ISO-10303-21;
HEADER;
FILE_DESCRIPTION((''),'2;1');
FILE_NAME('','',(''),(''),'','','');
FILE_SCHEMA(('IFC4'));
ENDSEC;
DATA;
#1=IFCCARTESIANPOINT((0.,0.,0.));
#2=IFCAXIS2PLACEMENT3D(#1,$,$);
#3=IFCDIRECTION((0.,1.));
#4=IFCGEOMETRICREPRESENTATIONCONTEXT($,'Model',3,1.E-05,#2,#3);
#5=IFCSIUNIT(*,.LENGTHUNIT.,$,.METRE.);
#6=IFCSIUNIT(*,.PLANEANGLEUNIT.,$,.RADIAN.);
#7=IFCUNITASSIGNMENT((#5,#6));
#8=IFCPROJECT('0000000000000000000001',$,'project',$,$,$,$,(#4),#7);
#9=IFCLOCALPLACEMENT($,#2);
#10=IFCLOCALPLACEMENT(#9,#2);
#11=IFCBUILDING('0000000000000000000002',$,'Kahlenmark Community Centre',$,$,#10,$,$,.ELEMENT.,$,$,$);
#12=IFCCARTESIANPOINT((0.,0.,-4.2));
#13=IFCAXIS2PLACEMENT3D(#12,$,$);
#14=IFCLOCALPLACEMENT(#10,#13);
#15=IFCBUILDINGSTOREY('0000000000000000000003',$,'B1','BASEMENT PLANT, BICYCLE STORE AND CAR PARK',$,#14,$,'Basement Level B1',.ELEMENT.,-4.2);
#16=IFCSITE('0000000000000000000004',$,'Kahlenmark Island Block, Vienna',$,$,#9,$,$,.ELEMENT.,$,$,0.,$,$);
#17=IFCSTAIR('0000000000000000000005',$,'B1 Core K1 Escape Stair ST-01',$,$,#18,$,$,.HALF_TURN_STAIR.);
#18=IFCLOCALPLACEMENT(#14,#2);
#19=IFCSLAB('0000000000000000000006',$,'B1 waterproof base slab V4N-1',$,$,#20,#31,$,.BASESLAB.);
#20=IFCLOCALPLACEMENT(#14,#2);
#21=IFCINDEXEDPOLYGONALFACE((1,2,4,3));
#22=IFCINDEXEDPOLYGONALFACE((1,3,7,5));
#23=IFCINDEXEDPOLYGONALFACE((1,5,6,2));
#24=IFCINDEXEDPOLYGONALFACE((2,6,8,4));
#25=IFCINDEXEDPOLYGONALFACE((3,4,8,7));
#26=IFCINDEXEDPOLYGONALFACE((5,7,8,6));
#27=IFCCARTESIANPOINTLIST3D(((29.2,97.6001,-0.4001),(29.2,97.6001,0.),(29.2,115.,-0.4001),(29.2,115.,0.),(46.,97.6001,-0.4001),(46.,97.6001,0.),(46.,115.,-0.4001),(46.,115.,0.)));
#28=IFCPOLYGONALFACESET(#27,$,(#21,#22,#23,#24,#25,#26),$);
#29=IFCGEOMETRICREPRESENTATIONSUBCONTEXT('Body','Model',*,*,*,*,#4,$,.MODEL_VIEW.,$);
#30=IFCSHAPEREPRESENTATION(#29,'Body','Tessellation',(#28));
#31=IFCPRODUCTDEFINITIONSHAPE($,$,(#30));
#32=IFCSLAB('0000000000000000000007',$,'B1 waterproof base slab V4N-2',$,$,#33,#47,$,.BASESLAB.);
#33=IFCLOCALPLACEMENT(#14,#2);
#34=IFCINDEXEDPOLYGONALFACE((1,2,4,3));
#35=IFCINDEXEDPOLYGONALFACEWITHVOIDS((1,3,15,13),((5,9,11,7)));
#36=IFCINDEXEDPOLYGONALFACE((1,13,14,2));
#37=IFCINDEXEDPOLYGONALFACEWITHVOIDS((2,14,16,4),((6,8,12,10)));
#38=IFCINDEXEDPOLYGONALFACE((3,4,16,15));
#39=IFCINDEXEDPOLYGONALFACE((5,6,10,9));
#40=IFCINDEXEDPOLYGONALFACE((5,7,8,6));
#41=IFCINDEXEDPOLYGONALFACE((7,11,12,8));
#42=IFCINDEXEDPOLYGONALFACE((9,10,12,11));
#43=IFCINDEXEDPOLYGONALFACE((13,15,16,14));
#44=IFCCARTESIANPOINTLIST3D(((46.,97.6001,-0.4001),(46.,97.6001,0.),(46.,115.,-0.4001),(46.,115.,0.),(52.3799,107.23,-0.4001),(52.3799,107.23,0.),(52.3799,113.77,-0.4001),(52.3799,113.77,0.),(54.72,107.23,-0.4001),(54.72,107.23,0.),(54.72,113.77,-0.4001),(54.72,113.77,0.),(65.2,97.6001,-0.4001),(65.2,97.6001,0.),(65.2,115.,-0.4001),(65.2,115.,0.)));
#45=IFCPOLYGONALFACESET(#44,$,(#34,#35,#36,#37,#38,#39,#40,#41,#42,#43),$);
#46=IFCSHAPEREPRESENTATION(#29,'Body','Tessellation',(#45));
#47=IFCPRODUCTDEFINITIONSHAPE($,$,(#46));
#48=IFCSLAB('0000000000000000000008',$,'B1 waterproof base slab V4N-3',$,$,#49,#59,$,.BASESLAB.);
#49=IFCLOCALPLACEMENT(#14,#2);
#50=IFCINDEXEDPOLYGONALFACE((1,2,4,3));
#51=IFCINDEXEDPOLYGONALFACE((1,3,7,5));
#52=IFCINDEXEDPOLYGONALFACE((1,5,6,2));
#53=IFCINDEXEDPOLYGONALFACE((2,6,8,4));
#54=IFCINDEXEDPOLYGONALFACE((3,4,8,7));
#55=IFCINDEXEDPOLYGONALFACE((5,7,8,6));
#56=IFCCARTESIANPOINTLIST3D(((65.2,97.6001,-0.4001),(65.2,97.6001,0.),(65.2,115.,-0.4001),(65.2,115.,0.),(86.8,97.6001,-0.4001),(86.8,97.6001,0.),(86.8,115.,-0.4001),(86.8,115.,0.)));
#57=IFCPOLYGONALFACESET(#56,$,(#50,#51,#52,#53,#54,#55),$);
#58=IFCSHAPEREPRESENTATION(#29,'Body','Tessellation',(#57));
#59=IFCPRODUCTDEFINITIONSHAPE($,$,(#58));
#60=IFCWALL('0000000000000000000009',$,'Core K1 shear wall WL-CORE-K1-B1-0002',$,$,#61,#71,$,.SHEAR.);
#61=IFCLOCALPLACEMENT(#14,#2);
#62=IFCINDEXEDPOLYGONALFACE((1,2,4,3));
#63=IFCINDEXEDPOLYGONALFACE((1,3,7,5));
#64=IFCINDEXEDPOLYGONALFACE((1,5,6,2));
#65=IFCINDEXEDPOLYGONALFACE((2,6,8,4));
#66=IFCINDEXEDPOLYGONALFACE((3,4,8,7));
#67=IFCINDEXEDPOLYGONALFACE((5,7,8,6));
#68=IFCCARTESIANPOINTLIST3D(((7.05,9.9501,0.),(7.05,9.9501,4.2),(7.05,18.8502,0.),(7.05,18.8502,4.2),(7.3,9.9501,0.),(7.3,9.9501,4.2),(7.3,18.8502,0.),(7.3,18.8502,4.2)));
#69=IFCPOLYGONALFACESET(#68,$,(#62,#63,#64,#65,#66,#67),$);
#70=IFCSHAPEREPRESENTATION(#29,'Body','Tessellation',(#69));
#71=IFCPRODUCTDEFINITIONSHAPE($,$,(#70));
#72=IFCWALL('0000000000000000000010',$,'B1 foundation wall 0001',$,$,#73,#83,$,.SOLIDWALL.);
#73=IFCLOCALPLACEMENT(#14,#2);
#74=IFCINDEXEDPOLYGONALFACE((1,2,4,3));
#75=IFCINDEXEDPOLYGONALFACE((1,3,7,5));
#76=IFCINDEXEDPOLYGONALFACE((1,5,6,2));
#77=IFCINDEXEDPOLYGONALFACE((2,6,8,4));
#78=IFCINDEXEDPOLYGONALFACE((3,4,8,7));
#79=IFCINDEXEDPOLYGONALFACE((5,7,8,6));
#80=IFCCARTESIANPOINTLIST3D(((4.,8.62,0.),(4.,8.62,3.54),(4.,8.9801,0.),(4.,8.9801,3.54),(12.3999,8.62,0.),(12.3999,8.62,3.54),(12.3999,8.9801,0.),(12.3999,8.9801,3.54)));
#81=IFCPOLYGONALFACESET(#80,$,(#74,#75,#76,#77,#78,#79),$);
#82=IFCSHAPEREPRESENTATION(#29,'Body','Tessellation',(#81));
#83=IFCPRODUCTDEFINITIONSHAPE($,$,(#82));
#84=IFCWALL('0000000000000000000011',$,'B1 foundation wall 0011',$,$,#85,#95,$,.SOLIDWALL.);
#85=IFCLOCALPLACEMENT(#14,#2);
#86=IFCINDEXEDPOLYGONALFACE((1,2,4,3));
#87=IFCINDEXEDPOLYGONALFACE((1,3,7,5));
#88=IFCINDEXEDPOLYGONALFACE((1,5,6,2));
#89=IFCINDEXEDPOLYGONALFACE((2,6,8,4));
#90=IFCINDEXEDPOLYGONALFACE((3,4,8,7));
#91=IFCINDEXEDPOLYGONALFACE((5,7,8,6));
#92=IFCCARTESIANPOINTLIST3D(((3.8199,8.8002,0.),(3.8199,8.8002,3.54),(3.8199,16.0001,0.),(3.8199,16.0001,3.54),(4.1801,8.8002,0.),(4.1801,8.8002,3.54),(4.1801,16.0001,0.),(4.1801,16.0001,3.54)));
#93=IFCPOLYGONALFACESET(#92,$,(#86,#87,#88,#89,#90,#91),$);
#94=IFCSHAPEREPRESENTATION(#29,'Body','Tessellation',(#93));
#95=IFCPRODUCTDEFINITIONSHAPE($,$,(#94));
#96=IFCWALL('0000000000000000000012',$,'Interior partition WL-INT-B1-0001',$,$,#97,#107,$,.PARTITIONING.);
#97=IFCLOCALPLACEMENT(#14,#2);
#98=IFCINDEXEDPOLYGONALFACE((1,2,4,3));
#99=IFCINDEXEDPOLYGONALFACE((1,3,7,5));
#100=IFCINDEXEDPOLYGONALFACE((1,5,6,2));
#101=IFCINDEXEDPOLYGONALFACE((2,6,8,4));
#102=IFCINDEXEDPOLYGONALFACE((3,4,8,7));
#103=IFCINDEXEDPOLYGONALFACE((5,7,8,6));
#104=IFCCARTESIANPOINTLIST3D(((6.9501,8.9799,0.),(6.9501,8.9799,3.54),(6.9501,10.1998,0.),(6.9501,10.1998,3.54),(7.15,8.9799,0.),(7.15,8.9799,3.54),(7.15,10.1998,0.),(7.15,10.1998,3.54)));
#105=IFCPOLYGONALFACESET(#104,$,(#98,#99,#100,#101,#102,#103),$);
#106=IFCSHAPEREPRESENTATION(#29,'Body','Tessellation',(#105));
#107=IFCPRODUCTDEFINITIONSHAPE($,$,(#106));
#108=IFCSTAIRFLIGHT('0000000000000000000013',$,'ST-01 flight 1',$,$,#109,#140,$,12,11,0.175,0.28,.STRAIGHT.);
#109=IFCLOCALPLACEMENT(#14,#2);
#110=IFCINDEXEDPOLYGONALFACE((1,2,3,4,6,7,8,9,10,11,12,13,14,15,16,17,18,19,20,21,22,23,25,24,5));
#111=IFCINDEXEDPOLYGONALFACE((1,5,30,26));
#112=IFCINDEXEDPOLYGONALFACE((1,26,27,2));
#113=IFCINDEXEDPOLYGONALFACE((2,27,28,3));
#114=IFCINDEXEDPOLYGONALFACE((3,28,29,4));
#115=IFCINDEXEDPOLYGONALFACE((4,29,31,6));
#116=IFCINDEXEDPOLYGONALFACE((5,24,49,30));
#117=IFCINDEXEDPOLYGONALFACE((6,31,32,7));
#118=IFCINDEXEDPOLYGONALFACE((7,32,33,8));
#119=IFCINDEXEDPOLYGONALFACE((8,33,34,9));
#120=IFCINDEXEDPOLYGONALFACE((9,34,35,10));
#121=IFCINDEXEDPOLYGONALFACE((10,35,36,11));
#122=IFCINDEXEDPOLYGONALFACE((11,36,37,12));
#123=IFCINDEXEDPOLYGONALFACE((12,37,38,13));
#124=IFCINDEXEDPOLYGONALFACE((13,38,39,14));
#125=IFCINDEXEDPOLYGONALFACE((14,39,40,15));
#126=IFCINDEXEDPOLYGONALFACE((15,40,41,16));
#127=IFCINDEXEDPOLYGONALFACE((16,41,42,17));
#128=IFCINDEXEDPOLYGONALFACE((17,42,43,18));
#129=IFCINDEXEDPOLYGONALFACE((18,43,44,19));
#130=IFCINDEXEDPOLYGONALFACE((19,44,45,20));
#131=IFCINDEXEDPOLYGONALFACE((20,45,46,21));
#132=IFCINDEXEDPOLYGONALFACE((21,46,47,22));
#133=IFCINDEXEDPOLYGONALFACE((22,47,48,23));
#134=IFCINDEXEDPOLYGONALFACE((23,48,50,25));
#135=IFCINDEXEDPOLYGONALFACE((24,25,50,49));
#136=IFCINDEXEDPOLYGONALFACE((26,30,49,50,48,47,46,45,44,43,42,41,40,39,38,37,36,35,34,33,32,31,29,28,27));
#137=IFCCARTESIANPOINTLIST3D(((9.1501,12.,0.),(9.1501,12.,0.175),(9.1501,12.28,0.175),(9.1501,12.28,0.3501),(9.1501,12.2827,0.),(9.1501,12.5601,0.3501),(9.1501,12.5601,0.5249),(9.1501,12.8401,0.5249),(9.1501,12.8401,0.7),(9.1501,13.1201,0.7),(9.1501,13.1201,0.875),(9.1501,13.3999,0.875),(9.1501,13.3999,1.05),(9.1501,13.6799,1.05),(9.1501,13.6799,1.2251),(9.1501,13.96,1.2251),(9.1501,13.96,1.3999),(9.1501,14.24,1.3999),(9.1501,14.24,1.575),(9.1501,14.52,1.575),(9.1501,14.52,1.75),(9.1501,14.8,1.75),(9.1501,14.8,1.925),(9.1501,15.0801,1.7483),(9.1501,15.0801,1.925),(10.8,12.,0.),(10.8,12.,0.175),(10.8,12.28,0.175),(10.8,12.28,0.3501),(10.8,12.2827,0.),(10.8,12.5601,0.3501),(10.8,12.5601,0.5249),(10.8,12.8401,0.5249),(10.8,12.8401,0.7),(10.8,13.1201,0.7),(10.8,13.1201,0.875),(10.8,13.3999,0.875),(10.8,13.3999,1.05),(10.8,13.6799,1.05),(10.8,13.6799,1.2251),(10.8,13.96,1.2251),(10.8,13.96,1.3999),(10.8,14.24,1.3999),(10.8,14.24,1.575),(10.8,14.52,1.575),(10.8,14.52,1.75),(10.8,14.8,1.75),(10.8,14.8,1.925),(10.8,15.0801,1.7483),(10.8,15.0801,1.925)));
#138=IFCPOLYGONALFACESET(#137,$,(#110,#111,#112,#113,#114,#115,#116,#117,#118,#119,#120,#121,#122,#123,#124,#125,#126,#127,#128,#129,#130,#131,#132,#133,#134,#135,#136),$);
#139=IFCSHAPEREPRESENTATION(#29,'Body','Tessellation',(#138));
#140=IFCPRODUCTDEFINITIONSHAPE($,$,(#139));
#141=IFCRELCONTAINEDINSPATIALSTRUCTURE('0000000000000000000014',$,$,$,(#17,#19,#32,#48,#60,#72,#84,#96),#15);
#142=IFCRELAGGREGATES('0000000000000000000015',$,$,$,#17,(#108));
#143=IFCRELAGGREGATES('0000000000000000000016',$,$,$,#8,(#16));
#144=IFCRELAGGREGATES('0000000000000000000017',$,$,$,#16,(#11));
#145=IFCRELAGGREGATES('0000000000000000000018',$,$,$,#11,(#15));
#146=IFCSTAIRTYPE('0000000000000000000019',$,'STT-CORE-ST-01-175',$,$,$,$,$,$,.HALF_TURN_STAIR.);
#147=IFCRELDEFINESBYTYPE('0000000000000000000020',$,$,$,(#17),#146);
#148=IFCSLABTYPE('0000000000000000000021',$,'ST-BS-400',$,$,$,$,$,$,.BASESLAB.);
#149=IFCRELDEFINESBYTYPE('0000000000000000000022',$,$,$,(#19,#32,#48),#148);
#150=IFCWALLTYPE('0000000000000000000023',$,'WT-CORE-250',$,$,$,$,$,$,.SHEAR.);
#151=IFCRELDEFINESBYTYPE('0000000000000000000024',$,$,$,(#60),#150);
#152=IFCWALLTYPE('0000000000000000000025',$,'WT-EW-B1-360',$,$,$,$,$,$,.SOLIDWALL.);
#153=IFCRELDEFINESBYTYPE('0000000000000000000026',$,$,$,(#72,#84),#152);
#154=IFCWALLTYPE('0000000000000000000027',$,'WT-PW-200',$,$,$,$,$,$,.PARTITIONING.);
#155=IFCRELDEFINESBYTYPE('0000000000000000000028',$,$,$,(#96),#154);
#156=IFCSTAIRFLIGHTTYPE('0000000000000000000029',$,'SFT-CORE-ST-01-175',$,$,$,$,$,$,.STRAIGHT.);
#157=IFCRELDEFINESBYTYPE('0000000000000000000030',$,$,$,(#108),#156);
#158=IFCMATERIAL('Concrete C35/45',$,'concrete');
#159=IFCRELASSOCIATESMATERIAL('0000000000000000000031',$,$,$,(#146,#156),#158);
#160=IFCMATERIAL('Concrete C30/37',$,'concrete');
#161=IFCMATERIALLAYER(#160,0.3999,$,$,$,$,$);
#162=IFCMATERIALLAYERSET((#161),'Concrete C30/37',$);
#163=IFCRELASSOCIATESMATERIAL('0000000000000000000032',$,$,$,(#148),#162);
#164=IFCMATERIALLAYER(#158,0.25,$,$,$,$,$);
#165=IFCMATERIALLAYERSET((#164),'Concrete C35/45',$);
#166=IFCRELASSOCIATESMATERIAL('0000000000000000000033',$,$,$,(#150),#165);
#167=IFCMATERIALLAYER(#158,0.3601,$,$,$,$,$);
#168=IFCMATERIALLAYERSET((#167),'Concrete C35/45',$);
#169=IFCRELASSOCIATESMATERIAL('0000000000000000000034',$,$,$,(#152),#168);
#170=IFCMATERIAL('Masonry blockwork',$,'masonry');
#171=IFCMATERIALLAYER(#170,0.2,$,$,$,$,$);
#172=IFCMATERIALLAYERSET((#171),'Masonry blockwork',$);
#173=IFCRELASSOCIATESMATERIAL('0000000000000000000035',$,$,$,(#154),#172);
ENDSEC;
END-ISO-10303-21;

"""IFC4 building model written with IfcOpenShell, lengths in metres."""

from ifc_helpers import new_model, si_unit, direction, frame, frame_2d, origin, place, context, subcontext, project, spatial, polyline, rectangle, outline, extrude, material, layer, layer_set, type_object, element, aggregate, save


model = new_model("IFC4")

# Units and contexts
model_context = context("Model", 3, precision=1e-05, world=origin(), true_north=direction((0.0, 1.0)))
body_context = subcontext(model_context, "Body", "Model", "MODEL_VIEW")
ifc_project = project(units=[si_unit("LENGTHUNIT", "METRE"), si_unit("PLANEANGLEUNIT", "RADIAN")], contexts=[model_context])

# Site, building, storey
site_placement = place(None, origin())
site = spatial("IfcSite", under=ifc_project, at=site_placement, Name="Kahlenmark Island Block, Vienna", CompositionType="ELEMENT", RefElevation=0.0)
building_placement = place(site_placement, origin())
building = spatial("IfcBuilding", under=site, at=building_placement, Name="Kahlenmark Community Centre", CompositionType="ELEMENT")
storey_placement = place(building_placement, frame((0.0, 0.0, -4.2)))
storey = spatial("IfcBuildingStorey", under=building, at=storey_placement, Name="B1", Description="BASEMENT PLANT, BICYCLE STORE AND CAR PARK", LongName="Basement Level B1", CompositionType="ELEMENT", Elevation=-4.2)

# Shared definitions
ifc_material_1 = material(Name="Concrete C30/37", Category="concrete")

# Shared definitions
ifc_material_2 = material(Name="Concrete C35/45", Category="concrete")

# Stair
stair_type_1 = type_object("IfcStairType", Name="STT-CORE-ST-01-175", PredefinedType="HALF_TURN_STAIR", material=ifc_material_2)
stair_1_placement = place(storey_placement, origin())
stair_1 = element("IfcStair", 1, at=stair_1_placement, inside=storey, type_object=stair_type_1, Name="B1 Core K1 Escape Stair ST-01", PredefinedType="HALF_TURN_STAIR")

# Slabs
ifc_layer_1 = layer(ifc_material_1, 0.3999)
ifc_layer_set_1 = layer_set([ifc_layer_1], Name="Concrete C30/37")
slab_type_1 = type_object("IfcSlabType", Name="ST-BS-400", PredefinedType="BASESLAB", material=ifc_layer_set_1)
slab_1_placement = place(storey_placement, frame((0.0, 0.0, -0.4001)))
element("IfcSlab", 2, at=slab_1_placement, inside=storey, type_object=slab_type_1, Name="B1 waterproof base slab V4N-1", PredefinedType="BASESLAB", context=body_context, shape_type="SweptSolid", body=[
    extrude(outline(polyline([(29.2, 97.6001), (46.0, 97.6001), (46.0, 115.0), (29.2, 115.0), (29.2, 97.6001)])), origin(), (0.0, 0.0, 1.0), 0.4001),
])
slab_2_placement = place(storey_placement, frame((0.0, 0.0, -0.4001)))
element("IfcSlab", 3, at=slab_2_placement, inside=storey, type_object=slab_type_1, Name="B1 waterproof base slab V4N-2", PredefinedType="BASESLAB", context=body_context, shape_type="SweptSolid", body=[
    extrude(outline(polyline([(46.0, 97.6001), (65.2, 97.6001), (65.2, 115.0), (46.0, 115.0), (46.0, 97.6001)]), holes=[polyline([(52.3799, 107.23), (54.72, 107.23), (54.72, 113.77), (52.3799, 113.77), (52.3799, 107.23)])]), origin(), (0.0, 0.0, 1.0), 0.4001),
])
slab_3_placement = place(storey_placement, frame((0.0, 0.0, -0.4001)))
element("IfcSlab", 4, at=slab_3_placement, inside=storey, type_object=slab_type_1, Name="B1 waterproof base slab V4N-3", PredefinedType="BASESLAB", context=body_context, shape_type="SweptSolid", body=[
    extrude(outline(polyline([(65.2, 97.6001), (86.8, 97.6001), (86.8, 115.0), (65.2, 115.0), (65.2, 97.6001)])), origin(), (0.0, 0.0, 1.0), 0.4001),
])

# Shared definitions
ifc_layer_2 = layer(ifc_material_2, 0.25)
ifc_layer_set_2 = layer_set([ifc_layer_2], Name="Concrete C35/45")
wall_type_1 = type_object("IfcWallType", Name="WT-CORE-250", PredefinedType="SHEAR", material=ifc_layer_set_2)

# Walls
wall_1_placement = place(storey_placement, frame((7.175, 9.95, 0.0), z_axis=(0.0, 0.0, 1.0), x_axis=(0.0, 1.0, 0.0)))
element("IfcWall", 5, at=wall_1_placement, inside=storey, type_object=wall_type_1, Name="Core K1 shear wall WL-CORE-K1-B1-0002", PredefinedType="SHEAR", context=body_context, shape_type="SweptSolid", body=[
    extrude(rectangle(XDim=8.9001, YDim=0.25, at=frame_2d((4.4502, 0.0))), origin(), (0.0, 0.0, 1.0), 4.2),
])
ifc_layer_3 = layer(ifc_material_2, 0.3601)
ifc_layer_set_3 = layer_set([ifc_layer_3], Name="Concrete C35/45")
wall_type_2 = type_object("IfcWallType", Name="WT-EW-B1-360", PredefinedType="SOLIDWALL", material=ifc_layer_set_3)
wall_2_placement = place(storey_placement, frame((4.0, 8.8, 0.0), z_axis=(0.0, 0.0, 1.0), x_axis=(1.0, 0.0, 0.0)))
element("IfcWall", 6, at=wall_2_placement, inside=storey, type_object=wall_type_2, Name="B1 foundation wall 0001", PredefinedType="SOLIDWALL", context=body_context, shape_type="SweptSolid", body=[
    extrude(rectangle(XDim=8.3999, YDim=0.3601, at=frame_2d((4.2, 0.0))), origin(), (0.0, 0.0, 1.0), 3.54),
])
wall_3_placement = place(storey_placement, frame((4.0, 8.8, 0.0), z_axis=(0.0, 0.0, 1.0), x_axis=(0.0, 1.0, 0.0)))
element("IfcWall", 7, at=wall_3_placement, inside=storey, type_object=wall_type_2, Name="B1 foundation wall 0011", PredefinedType="SOLIDWALL", context=body_context, shape_type="SweptSolid", body=[
    extrude(rectangle(XDim=7.2, YDim=0.3601, at=frame_2d((3.6001, 0.0))), origin(), (0.0, 0.0, 1.0), 3.54),
])
ifc_material_3 = material(Name="Masonry blockwork", Category="masonry")
ifc_layer_4 = layer(ifc_material_3, 0.2)
ifc_layer_set_4 = layer_set([ifc_layer_4], Name="Masonry blockwork")
wall_type_3 = type_object("IfcWallType", Name="WT-PW-200", PredefinedType="PARTITIONING", material=ifc_layer_set_4)
wall_4_placement = place(storey_placement, frame((7.05, 8.98, 0.0), z_axis=(0.0, 0.0, 1.0), x_axis=(0.0, 1.0, 0.0)))
element("IfcWall", 8, at=wall_4_placement, inside=storey, type_object=wall_type_3, Name="Interior partition WL-INT-B1-0001", PredefinedType="PARTITIONING", context=body_context, shape_type="SweptSolid", body=[
    extrude(rectangle(XDim=1.22, YDim=0.2, at=frame_2d((0.6099, 0.0))), origin(), (0.0, 0.0, 1.0), 3.54),
])

# Stair flight
stair_flight_type = type_object("IfcStairFlightType", Name="SFT-CORE-ST-01-175", PredefinedType="STRAIGHT", material=ifc_material_2)
stair_flight_placement = place(storey_placement, frame((9.9751, 12.0, 0.0), z_axis=(0.0, 0.0, 1.0), x_axis=(0.0, 1.0, 0.0)))
stair_flight = element("IfcStairFlight", 9, at=stair_flight_placement, type_object=stair_flight_type, Name="ST-01 flight 1", NumberOfRisers=12, NumberOfTreads=11, PredefinedType="STRAIGHT", RiserHeight=0.175, TreadLength=0.28, context=body_context, shape_type="SweptSolid", body=[
    extrude(outline(polyline([(0.0, 0.0), (0.0, 0.175), (0.28, 0.175), (0.28, 0.3501), (0.5601, 0.3501), (0.5601, 0.5249), (0.8401, 0.5249), (0.8401, 0.7), (1.1201, 0.7), (1.1201, 0.875), (1.3999, 0.875), (1.3999, 1.05), (1.6799, 1.05), (1.6799, 1.2251), (1.96, 1.2251), (1.96, 1.3999), (2.24, 1.3999), (2.24, 1.575), (2.52, 1.575), (2.52, 1.75), (2.8, 1.75), (2.8, 1.925), (3.0801, 1.925), (3.0801, 2.1001), (3.0801, 1.7483), (0.2827, 0.0), (0.0, 0.0)])), frame((0.0, 0.825, 0.0), z_axis=(0.0, -1.0, 0.0), x_axis=(1.0, 0.0, 0.0)), (0.0, 0.0, 1.0), 1.6499),
])
aggregate(stair_1, [stair_flight])

save(model, "model.ifc")
